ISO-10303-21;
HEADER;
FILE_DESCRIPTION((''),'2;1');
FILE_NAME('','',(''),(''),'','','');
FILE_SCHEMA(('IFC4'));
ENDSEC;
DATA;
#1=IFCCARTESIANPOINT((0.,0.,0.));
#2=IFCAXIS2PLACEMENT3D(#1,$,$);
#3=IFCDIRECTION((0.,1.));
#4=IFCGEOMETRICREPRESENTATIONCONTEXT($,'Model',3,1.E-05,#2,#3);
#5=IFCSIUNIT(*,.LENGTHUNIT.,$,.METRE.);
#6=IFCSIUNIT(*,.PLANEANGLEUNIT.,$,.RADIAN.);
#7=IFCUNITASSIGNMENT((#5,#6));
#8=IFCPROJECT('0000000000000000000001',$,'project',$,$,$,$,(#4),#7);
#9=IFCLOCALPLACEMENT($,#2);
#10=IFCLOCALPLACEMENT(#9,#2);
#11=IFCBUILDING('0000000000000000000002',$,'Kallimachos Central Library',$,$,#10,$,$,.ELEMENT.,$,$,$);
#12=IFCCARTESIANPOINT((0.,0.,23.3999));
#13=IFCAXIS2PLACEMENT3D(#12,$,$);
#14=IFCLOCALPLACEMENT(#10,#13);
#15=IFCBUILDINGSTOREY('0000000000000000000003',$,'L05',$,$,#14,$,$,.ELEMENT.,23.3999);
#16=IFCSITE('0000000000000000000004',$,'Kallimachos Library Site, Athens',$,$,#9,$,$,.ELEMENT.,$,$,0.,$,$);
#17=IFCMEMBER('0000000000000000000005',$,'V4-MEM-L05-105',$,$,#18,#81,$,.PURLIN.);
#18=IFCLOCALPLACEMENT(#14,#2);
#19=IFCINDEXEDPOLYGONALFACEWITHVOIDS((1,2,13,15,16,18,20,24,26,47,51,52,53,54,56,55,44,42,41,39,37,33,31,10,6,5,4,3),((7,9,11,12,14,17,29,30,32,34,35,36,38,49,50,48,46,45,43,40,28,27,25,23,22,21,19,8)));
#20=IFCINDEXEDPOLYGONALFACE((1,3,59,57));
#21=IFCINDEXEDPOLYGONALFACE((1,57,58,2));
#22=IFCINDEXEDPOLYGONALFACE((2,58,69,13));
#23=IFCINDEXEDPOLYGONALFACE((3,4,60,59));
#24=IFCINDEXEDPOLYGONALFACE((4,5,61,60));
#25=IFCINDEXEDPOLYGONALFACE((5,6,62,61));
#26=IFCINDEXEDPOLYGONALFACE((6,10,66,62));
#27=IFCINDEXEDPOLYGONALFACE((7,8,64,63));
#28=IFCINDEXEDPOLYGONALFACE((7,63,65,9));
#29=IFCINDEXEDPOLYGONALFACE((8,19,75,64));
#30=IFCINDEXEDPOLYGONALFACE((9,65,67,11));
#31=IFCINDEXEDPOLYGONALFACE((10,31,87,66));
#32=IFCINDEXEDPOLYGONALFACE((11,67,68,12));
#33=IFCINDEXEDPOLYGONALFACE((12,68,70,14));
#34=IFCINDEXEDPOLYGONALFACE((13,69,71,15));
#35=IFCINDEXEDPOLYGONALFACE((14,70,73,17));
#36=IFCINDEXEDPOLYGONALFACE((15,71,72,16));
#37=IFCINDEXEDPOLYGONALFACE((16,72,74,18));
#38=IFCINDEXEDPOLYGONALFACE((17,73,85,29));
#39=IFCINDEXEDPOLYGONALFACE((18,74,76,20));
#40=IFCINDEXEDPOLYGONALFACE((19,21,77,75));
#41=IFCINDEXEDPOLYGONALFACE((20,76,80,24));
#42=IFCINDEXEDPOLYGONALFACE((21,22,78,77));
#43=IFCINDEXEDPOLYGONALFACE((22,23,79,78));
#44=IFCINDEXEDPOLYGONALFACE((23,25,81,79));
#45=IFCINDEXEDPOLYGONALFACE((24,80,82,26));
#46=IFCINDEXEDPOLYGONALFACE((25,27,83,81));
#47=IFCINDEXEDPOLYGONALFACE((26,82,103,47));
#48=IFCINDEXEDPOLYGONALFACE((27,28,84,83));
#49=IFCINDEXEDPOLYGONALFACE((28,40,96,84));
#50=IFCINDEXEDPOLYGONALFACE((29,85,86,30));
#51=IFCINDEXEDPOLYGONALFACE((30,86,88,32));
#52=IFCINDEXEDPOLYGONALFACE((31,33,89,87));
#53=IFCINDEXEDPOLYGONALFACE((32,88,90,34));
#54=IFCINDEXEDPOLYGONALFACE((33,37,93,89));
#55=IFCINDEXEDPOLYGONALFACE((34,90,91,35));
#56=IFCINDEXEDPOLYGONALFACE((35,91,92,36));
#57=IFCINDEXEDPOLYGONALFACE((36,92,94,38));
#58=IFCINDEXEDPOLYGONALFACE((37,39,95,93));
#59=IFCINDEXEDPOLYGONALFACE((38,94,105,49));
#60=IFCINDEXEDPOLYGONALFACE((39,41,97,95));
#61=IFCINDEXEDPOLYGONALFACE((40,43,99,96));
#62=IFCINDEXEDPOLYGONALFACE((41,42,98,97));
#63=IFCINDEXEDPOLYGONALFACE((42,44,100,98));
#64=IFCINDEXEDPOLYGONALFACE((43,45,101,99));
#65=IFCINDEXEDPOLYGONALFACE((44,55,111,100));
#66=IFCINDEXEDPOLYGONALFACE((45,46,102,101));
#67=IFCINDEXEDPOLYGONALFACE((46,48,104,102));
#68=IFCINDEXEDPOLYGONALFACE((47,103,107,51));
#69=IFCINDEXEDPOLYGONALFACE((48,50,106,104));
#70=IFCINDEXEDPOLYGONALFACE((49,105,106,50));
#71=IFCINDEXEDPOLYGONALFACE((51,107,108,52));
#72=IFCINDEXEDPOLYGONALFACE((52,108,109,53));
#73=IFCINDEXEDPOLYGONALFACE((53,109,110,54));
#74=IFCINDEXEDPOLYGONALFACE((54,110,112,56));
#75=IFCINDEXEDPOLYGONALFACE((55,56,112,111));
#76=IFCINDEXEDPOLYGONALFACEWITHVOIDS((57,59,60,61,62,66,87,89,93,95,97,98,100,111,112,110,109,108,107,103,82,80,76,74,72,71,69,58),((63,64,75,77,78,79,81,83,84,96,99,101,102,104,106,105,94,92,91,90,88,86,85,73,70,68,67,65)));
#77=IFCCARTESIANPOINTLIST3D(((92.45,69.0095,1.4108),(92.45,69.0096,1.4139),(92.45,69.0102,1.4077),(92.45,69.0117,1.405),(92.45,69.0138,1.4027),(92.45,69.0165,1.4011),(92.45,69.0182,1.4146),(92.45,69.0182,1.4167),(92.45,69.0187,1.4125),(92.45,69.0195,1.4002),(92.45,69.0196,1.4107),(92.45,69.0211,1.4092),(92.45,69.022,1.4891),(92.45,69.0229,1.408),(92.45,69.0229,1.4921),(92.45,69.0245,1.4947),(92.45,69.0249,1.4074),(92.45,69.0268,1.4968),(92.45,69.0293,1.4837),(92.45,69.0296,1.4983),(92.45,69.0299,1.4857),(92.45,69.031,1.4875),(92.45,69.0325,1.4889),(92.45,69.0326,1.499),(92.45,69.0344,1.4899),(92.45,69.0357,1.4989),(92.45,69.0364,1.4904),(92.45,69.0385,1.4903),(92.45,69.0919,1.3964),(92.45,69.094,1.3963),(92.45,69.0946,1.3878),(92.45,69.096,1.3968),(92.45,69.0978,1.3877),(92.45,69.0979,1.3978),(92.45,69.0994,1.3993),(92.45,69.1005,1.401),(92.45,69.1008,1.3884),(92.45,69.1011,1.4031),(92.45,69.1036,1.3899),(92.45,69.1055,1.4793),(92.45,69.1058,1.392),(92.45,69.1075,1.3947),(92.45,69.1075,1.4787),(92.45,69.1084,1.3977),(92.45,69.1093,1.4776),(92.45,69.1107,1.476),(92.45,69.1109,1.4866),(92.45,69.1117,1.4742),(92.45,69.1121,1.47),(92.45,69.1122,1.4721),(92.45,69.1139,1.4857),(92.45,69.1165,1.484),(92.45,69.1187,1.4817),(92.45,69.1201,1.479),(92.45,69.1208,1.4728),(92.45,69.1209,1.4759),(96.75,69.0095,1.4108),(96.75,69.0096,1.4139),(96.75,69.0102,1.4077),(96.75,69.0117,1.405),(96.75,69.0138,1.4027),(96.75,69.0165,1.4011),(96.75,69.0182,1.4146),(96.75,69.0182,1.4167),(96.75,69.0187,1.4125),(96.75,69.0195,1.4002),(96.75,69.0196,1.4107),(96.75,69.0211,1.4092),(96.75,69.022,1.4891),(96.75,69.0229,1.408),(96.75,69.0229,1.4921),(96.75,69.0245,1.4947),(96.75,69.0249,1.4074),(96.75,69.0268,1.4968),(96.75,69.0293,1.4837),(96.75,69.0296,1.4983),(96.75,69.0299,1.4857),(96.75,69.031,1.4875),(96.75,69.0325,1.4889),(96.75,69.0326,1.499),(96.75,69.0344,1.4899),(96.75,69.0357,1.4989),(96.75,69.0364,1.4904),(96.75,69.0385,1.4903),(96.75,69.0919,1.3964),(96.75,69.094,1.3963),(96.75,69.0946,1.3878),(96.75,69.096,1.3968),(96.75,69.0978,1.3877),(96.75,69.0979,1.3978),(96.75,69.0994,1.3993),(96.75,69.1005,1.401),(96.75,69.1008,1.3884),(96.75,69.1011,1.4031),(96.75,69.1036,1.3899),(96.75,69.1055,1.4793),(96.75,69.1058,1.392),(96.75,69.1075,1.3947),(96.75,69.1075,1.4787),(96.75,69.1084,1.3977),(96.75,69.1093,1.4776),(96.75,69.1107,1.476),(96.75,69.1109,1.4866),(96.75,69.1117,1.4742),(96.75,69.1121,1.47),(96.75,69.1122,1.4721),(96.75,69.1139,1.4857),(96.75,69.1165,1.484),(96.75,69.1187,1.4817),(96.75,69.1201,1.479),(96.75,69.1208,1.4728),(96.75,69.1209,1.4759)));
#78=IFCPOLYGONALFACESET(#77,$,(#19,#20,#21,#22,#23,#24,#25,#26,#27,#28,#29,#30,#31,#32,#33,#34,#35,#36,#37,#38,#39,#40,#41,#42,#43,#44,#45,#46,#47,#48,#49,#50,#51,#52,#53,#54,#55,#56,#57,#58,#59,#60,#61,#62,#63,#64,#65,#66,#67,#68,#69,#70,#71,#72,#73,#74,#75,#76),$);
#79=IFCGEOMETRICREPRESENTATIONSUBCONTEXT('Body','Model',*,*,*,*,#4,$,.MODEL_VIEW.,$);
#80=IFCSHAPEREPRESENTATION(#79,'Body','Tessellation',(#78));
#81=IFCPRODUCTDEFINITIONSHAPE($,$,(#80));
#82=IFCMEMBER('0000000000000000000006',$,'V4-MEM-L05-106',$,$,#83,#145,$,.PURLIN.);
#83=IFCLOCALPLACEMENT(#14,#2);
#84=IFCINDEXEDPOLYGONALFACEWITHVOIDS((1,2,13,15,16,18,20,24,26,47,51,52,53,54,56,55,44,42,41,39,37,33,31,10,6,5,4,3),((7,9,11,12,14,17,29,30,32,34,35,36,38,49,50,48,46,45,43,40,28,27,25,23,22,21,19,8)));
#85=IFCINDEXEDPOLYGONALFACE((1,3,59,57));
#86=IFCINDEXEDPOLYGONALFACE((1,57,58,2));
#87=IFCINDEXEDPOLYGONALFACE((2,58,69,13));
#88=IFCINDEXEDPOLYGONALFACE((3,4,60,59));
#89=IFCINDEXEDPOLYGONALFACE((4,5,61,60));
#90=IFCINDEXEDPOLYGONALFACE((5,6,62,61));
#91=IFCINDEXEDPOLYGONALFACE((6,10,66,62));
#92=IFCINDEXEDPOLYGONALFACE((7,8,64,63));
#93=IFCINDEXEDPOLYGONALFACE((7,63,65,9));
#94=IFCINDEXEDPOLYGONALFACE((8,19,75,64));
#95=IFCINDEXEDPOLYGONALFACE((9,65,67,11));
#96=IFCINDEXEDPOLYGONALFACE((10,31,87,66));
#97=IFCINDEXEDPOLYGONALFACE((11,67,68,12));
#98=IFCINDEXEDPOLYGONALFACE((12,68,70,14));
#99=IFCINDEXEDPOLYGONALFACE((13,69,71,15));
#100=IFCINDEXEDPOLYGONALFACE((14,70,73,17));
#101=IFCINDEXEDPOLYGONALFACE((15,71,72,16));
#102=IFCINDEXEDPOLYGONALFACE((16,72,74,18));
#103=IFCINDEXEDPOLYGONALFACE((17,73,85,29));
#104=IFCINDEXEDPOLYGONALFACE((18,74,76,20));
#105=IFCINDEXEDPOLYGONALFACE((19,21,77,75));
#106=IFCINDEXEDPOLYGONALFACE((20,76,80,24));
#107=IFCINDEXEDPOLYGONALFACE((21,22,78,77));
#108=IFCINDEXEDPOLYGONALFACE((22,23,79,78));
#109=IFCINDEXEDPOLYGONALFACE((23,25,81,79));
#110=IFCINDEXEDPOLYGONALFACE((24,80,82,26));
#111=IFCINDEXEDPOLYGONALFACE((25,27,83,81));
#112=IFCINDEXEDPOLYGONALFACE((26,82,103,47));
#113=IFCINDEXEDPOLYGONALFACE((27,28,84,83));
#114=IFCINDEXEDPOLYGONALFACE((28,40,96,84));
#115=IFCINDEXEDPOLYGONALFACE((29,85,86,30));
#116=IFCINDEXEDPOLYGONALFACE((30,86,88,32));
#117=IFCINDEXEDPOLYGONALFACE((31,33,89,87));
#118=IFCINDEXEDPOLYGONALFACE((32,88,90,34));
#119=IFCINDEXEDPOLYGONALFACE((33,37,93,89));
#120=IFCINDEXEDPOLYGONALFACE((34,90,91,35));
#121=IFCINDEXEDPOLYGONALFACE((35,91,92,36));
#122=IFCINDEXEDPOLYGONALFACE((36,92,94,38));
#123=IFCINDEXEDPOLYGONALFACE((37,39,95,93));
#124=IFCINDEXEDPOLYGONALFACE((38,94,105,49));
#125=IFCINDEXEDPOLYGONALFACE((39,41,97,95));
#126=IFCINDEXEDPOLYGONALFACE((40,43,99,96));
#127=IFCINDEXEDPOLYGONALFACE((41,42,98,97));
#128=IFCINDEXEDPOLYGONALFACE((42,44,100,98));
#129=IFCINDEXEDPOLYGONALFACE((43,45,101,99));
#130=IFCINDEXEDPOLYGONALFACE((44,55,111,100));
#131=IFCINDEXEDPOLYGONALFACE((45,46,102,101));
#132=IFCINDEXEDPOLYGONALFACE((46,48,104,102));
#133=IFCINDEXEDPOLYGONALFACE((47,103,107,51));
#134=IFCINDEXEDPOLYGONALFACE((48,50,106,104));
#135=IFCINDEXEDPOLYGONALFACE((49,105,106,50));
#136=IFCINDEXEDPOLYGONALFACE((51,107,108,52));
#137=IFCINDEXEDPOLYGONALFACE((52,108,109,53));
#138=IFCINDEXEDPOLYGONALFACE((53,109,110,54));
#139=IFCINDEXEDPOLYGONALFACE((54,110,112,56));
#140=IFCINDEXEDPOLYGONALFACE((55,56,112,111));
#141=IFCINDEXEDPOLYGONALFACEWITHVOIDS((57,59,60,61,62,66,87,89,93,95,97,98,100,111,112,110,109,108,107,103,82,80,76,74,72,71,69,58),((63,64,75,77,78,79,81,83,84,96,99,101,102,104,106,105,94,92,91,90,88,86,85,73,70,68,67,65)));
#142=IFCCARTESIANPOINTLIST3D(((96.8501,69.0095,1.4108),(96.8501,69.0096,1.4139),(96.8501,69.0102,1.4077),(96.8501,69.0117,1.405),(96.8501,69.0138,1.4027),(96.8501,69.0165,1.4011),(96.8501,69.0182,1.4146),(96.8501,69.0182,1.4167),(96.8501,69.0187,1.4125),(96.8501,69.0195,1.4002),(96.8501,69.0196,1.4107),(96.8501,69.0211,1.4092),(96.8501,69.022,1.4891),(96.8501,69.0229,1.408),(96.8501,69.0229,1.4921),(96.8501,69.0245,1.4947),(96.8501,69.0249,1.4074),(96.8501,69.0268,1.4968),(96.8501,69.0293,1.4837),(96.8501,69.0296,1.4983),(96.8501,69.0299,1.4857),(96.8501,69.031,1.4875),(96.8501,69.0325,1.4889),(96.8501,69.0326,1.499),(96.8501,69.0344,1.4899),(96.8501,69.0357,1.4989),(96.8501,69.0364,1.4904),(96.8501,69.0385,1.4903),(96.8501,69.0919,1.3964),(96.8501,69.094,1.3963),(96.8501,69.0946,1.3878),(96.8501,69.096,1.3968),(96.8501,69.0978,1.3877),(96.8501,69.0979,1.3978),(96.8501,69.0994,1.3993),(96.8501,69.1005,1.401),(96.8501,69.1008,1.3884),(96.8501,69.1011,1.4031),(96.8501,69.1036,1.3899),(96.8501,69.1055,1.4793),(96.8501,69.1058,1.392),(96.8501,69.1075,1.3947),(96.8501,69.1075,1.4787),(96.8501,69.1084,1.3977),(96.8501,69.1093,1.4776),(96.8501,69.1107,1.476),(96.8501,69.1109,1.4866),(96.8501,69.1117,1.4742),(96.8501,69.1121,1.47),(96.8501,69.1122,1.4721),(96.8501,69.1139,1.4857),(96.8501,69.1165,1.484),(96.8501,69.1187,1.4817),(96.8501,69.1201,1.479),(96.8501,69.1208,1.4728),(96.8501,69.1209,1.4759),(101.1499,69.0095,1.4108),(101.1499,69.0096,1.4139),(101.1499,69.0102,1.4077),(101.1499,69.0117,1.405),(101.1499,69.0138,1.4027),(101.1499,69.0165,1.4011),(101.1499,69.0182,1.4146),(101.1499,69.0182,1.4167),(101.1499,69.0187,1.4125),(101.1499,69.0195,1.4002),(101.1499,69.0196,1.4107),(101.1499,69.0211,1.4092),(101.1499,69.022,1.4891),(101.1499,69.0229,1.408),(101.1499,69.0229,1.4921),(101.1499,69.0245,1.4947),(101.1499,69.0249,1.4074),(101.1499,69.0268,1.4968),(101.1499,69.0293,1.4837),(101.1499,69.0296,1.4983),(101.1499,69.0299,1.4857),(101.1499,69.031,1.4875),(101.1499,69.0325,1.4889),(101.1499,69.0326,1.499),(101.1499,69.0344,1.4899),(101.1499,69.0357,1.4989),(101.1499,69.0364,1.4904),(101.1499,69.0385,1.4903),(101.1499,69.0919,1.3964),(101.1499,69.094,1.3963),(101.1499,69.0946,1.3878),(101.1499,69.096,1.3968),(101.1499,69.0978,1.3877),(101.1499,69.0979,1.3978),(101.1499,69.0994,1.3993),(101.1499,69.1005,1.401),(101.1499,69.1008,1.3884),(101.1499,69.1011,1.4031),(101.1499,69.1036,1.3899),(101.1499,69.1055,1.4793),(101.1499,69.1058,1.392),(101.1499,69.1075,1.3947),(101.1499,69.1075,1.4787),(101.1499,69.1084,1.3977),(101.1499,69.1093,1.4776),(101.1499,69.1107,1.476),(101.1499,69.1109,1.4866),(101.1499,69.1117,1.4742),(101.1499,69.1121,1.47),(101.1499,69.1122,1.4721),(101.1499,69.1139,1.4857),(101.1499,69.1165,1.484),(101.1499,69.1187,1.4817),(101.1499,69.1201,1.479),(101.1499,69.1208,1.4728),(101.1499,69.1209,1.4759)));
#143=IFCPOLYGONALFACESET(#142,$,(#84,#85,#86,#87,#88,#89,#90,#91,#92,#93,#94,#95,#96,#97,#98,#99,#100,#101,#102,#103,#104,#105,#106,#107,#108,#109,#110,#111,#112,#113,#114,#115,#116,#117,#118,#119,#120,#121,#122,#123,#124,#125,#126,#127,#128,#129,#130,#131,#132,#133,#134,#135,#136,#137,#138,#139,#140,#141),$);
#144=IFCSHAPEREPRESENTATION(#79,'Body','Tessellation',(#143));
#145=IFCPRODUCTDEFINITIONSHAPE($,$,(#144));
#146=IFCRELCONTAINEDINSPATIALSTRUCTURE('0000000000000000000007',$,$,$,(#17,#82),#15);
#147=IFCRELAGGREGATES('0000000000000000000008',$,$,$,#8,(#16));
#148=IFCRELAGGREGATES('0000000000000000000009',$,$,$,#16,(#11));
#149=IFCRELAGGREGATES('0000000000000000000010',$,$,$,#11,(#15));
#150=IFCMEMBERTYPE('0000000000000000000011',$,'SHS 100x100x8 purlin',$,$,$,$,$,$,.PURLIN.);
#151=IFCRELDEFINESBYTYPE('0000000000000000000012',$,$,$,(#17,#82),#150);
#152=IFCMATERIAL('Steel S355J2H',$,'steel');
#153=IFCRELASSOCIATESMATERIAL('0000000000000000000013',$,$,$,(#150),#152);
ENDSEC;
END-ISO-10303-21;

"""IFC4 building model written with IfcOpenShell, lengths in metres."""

from ifc_helpers import new_model, si_unit, direction, frame, origin, origin_2d, place, context, subcontext, project, spatial, hollow_rectangle, extrude, material, material_profile, profile_set, type_object, element, save


model = new_model("IFC4")

# Units and contexts
model_context = context("Model", 3, precision=1e-05, world=origin(), true_north=direction((0.0, 1.0)))
body_context = subcontext(model_context, "Body", "Model", "MODEL_VIEW")
ifc_project = project(units=[si_unit("LENGTHUNIT", "METRE"), si_unit("PLANEANGLEUNIT", "RADIAN")], contexts=[model_context])

# Site, building, storey
site_placement = place(None, origin())
site = spatial("IfcSite", under=ifc_project, at=site_placement, Name="Kallimachos Library Site, Athens", CompositionType="ELEMENT", RefElevation=0.0)
building_placement = place(site_placement, origin())
building = spatial("IfcBuilding", under=site, at=building_placement, Name="Kallimachos Central Library", CompositionType="ELEMENT")
storey_placement = place(building_placement, frame((0.0, 0.0, 23.3999)))
storey = spatial("IfcBuildingStorey", under=building, at=storey_placement, Name="L05", CompositionType="ELEMENT", Elevation=23.3999)

# Members
ifc_material_1 = material(Name="Steel S355J2H", Category="steel")
ifc_material_profile_1 = material_profile(ifc_material_1, hollow_rectangle(XDim=0.1001, YDim=0.1001, WallThickness=0.0081, InnerFilletRadius=0.0081, OuterFilletRadius=0.012, at=origin_2d()), Name="SHS 100x100x8")
ifc_profile_set_1 = profile_set([ifc_material_profile_1], Name="Steel S355J2H")
member_type_1 = type_object("IfcMemberType", Name="SHS 100x100x8 purlin", PredefinedType="PURLIN", material=ifc_profile_set_1)
for number, where, z_axis, x_axis, name in (
    (1, (92.45, 69.0652, 1.4434), (1.0, 0.0, 0.0), (0.0, 0.986728, -0.16238), "V4-MEM-L05-105"),
):
    element("IfcMember", number, at=place(storey_placement, frame(where, z_axis=z_axis, x_axis=x_axis)), inside=storey, type_object=member_type_1, Name=name, PredefinedType="PURLIN", context=body_context, shape_type="SweptSolid", body=[
        extrude(hollow_rectangle(XDim=0.1001, YDim=0.1001, WallThickness=0.0081, InnerFilletRadius=0.0081, OuterFilletRadius=0.012, at=origin_2d()), origin(), (0.0, 0.0, 1.0), 4.3),
    ])
member_1_placement = place(storey_placement, frame((96.8501, 69.0652, 1.4434), z_axis=(1.0, 0.0, 0.0), x_axis=(0.0, 0.986728, -0.16238)))
element("IfcMember", 2, at=member_1_placement, inside=storey, type_object=member_type_1, Name="V4-MEM-L05-106", PredefinedType="PURLIN", context=body_context, shape_type="SweptSolid", body=[
    extrude(hollow_rectangle(XDim=0.1001, YDim=0.1001, WallThickness=0.0081, InnerFilletRadius=0.0081, OuterFilletRadius=0.012, at=origin_2d()), origin(), (0.0, 0.0, 1.0), 4.2998),
])

save(model, "model.ifc")
